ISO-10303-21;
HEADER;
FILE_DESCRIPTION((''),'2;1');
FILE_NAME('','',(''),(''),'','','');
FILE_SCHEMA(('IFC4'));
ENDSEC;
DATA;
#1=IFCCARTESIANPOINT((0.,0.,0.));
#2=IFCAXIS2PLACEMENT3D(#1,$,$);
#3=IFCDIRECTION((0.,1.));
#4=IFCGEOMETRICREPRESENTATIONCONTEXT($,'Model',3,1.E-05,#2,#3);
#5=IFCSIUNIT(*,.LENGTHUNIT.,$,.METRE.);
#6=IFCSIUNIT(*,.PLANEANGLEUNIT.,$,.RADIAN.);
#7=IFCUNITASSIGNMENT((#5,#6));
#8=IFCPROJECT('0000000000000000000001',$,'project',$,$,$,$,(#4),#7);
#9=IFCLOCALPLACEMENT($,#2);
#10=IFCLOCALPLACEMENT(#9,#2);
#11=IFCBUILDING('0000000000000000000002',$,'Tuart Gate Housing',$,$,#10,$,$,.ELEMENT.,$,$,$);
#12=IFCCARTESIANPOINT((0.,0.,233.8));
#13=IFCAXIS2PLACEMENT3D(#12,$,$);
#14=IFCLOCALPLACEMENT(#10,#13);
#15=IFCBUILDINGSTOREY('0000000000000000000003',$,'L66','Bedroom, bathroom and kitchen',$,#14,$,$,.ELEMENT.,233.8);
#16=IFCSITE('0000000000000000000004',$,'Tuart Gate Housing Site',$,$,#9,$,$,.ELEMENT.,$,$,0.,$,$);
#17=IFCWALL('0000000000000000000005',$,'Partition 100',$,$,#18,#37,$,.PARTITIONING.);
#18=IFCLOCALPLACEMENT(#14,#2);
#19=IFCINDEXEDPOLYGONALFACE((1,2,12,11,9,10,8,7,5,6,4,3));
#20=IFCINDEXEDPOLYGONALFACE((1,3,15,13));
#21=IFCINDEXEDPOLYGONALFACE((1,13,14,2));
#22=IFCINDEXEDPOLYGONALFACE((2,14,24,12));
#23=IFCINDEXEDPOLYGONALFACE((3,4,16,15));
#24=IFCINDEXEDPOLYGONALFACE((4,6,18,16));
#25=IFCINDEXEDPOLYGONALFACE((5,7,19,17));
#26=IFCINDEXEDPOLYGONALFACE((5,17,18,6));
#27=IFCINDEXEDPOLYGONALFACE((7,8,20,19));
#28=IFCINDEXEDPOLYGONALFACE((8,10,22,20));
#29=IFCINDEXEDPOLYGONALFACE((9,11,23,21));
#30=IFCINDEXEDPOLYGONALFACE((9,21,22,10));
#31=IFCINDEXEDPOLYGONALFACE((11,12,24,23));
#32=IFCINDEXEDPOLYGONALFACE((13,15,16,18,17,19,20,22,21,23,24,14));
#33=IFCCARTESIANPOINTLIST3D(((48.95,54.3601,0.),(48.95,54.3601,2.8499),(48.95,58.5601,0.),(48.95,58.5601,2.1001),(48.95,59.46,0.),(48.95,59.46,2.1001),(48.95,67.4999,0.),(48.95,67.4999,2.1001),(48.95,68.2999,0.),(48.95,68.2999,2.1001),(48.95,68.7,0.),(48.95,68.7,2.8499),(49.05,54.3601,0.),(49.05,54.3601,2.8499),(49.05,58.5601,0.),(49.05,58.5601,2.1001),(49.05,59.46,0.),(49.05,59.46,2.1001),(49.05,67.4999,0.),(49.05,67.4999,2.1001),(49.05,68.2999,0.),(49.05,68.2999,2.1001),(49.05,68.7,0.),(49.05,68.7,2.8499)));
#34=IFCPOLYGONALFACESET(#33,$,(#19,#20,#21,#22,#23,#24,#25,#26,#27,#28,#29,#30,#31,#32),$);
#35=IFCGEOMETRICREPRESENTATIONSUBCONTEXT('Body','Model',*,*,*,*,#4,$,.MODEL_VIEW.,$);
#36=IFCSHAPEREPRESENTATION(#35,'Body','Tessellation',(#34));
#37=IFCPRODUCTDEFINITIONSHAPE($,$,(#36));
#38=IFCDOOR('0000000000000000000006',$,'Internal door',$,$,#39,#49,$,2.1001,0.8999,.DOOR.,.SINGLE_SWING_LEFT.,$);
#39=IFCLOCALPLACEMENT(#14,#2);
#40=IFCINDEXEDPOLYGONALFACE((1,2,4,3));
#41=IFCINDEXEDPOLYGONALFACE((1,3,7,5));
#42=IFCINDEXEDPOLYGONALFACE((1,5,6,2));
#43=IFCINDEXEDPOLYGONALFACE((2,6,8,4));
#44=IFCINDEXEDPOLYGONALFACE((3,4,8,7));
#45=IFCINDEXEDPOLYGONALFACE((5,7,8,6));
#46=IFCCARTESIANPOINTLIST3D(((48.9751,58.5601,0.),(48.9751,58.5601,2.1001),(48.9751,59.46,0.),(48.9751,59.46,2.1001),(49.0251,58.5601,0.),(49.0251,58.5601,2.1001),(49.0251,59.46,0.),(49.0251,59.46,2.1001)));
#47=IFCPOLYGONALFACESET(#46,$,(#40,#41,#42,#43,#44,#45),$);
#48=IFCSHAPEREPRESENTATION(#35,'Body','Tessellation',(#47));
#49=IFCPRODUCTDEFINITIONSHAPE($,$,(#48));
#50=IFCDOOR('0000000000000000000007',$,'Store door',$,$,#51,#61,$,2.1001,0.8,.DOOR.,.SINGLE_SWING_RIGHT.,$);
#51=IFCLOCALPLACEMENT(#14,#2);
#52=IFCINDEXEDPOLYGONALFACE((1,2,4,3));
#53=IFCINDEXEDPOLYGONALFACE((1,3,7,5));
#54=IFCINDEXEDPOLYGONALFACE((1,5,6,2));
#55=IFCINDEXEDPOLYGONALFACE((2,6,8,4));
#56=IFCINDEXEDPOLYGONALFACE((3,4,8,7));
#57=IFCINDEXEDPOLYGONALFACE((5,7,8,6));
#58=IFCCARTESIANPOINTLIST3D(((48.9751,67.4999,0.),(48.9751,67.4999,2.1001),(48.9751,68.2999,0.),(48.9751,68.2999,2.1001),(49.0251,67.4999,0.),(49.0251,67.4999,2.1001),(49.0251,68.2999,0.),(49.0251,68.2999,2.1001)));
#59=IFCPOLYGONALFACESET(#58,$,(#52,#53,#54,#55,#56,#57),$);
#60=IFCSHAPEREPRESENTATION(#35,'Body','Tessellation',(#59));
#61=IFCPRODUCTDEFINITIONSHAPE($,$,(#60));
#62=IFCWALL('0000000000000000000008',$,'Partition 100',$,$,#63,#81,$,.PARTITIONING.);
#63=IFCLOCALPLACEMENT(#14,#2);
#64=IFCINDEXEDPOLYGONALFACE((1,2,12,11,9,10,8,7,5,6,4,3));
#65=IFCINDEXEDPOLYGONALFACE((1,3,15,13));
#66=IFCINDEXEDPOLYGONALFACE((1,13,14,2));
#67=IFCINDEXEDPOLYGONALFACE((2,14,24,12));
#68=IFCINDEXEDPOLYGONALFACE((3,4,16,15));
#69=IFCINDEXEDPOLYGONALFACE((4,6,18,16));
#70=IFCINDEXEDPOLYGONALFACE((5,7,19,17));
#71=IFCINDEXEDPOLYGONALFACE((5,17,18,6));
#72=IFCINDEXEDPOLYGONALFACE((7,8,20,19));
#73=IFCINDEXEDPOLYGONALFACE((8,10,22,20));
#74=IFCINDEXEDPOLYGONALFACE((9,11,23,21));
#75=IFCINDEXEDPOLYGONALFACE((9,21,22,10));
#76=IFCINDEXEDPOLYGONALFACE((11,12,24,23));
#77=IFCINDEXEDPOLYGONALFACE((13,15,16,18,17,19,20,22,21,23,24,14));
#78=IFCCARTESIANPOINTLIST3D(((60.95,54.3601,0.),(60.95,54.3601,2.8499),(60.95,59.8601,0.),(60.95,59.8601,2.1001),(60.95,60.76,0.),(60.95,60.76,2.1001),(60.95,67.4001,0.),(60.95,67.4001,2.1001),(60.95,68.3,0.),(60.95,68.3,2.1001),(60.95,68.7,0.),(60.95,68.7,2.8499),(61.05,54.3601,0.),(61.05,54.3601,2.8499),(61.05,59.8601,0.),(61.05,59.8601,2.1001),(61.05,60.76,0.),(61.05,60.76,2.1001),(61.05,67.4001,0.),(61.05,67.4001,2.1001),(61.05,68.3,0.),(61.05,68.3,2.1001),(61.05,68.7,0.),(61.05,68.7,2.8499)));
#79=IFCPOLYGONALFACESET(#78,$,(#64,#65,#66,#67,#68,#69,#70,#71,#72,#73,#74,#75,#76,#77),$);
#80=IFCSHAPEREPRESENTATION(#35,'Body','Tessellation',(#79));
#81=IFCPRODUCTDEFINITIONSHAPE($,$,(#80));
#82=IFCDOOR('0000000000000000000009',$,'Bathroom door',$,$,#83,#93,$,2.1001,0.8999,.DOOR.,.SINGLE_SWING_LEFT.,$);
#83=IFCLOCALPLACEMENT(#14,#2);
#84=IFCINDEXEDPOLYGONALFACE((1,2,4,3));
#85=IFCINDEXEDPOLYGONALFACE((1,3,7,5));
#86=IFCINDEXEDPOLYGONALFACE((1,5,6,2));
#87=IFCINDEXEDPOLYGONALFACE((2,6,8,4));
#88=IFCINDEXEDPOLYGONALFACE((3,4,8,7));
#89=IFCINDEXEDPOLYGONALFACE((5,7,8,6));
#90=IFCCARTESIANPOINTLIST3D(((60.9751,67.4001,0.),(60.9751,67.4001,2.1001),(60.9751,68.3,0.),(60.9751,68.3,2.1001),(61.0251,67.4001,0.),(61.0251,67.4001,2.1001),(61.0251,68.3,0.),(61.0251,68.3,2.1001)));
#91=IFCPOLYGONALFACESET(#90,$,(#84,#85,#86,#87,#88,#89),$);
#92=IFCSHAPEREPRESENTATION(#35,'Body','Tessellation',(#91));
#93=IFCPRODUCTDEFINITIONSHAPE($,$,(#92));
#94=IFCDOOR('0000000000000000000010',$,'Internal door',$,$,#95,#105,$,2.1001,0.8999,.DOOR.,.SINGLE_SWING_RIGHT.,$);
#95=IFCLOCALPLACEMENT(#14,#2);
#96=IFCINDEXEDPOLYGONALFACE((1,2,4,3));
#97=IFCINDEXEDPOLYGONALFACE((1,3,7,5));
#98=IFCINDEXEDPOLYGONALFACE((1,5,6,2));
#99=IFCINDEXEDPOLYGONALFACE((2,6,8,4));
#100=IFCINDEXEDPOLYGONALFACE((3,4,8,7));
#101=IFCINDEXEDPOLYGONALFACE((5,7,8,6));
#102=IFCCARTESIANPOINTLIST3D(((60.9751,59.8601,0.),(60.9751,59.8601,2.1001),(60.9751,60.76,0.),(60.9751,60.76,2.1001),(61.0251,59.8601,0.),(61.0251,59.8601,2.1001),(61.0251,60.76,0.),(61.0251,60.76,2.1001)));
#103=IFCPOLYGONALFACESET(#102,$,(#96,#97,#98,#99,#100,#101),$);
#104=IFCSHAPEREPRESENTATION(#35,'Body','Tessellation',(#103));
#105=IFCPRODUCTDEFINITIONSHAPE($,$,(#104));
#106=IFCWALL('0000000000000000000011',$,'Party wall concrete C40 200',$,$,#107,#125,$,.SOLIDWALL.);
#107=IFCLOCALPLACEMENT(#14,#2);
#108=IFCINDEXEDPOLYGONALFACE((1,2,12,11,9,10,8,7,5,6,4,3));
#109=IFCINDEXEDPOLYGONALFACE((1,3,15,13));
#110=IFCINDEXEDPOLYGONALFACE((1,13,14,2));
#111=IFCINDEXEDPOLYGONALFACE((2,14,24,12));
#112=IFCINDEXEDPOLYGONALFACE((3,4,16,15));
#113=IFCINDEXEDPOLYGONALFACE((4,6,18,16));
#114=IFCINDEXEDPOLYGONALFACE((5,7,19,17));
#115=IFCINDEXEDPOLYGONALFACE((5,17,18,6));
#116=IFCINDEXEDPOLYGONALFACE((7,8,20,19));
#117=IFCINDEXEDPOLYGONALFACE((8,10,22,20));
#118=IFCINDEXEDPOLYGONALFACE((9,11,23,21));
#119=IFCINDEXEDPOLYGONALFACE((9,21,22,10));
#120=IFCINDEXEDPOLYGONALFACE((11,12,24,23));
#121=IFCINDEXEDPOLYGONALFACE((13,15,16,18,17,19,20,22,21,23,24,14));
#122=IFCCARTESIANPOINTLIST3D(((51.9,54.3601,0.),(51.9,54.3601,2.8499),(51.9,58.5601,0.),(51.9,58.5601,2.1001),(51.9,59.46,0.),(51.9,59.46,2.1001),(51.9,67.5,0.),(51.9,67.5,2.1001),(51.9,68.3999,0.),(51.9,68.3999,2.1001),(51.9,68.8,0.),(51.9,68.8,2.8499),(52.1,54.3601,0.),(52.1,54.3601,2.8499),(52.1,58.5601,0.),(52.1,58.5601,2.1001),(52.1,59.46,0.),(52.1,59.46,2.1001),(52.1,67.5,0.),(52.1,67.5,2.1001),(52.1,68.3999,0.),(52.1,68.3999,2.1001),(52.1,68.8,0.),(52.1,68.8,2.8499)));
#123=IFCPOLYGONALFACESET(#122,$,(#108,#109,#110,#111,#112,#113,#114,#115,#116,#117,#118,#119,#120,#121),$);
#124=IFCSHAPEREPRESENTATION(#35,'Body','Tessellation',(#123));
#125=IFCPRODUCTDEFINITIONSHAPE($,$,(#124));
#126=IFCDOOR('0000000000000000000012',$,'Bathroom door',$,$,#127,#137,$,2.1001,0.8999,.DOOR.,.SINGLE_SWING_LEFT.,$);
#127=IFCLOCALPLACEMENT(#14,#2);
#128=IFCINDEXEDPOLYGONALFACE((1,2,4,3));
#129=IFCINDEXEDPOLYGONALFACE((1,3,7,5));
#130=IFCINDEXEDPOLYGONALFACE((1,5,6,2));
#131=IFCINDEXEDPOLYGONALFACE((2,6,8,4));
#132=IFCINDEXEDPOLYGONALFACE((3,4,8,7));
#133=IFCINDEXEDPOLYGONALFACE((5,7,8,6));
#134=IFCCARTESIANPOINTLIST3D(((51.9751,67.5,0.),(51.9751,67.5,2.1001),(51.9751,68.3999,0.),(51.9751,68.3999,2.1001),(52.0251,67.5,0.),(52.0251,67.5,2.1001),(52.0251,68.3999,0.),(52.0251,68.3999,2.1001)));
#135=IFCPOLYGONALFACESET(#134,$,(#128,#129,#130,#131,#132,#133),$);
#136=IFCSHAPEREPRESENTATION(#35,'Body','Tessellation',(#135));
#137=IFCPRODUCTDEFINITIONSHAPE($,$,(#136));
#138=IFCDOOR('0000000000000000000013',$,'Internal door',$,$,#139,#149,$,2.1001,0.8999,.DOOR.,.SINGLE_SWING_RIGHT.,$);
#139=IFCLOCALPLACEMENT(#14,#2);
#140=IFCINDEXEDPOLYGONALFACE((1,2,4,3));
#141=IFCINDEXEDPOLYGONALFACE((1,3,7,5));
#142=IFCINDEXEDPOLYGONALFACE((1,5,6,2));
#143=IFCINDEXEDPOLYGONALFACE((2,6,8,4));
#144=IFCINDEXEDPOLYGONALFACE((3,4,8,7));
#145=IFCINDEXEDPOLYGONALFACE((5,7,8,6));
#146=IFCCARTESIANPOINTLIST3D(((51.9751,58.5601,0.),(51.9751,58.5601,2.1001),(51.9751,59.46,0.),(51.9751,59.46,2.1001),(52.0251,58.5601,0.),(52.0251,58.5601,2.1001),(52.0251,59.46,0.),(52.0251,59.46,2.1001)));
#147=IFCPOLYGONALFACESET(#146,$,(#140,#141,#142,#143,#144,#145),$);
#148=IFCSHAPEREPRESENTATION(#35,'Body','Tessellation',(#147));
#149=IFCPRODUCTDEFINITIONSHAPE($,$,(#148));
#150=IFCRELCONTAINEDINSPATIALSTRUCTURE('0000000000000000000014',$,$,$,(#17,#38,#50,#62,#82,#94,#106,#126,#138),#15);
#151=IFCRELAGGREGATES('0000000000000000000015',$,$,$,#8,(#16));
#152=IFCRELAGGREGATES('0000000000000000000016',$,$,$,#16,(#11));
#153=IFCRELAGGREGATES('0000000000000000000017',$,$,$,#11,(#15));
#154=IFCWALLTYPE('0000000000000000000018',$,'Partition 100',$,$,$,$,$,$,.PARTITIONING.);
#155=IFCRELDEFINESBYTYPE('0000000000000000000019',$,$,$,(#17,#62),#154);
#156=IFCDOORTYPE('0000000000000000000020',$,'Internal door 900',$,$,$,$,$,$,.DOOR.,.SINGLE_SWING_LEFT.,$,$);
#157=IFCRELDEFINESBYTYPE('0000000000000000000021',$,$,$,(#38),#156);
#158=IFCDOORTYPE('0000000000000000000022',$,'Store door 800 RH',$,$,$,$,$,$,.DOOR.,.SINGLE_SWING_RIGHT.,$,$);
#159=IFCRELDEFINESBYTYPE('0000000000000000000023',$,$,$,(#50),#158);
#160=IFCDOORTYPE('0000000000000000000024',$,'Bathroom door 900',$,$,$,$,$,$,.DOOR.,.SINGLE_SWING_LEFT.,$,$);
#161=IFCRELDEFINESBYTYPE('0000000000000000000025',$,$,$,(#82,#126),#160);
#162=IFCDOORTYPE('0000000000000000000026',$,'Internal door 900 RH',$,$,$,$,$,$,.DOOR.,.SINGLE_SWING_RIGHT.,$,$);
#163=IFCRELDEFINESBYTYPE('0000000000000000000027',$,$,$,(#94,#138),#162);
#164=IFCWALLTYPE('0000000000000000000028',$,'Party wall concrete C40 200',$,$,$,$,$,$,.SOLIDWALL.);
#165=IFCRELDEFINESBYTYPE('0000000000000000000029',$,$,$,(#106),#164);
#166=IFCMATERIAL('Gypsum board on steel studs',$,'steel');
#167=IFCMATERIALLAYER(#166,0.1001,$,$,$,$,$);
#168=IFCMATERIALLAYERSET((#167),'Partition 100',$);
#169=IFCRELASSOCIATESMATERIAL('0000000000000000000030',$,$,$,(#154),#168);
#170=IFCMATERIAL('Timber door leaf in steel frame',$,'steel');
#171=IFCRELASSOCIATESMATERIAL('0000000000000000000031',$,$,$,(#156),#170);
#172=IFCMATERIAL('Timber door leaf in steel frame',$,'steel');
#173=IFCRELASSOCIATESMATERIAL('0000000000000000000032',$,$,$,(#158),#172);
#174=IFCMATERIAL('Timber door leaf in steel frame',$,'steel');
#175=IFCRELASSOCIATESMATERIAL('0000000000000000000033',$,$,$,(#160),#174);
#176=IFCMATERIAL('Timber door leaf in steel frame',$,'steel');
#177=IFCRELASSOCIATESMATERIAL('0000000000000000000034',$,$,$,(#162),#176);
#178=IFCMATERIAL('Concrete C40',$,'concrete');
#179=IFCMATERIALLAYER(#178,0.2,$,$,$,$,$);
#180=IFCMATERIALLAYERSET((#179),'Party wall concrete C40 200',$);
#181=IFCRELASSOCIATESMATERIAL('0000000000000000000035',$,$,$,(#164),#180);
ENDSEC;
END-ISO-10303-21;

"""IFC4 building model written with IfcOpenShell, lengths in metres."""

from ifc_helpers import new_model, si_unit, direction, frame, frame_2d, origin, place, context, subcontext, project, spatial, rectangle, extrude, material, layer, layer_set, type_object, element, fill, save


model = new_model("IFC4")

# Units and contexts
model_context = context("Model", 3, precision=1e-05, world=origin(), true_north=direction((0.0, 1.0)))
body_context = subcontext(model_context, "Body", "Model", "MODEL_VIEW")
ifc_project = project(units=[si_unit("LENGTHUNIT", "METRE"), si_unit("PLANEANGLEUNIT", "RADIAN")], contexts=[model_context])

# Site, building, storey
site_placement = place(None, origin())
site = spatial("IfcSite", under=ifc_project, at=site_placement, Name="Tuart Gate Housing Site", CompositionType="ELEMENT", RefElevation=0.0)
building_placement = place(site_placement, origin())
building = spatial("IfcBuilding", under=site, at=building_placement, Name="Tuart Gate Housing", CompositionType="ELEMENT")
storey_placement = place(building_placement, frame((0.0, 0.0, 233.8)))
storey = spatial("IfcBuildingStorey", under=building, at=storey_placement, Name="L66", Description="Bedroom, bathroom and kitchen", CompositionType="ELEMENT", Elevation=233.8)

# Walls, openings, doors
ifc_material_1 = material(Name="Gypsum board on steel studs", Category="steel")
ifc_layer_1 = layer(ifc_material_1, 0.1001)
ifc_layer_set_1 = layer_set([ifc_layer_1], Name="Partition 100")
wall_type_1 = type_object("IfcWallType", Name="Partition 100", PredefinedType="PARTITIONING", material=ifc_layer_set_1)
wall_1_placement = place(storey_placement, frame((49.0, 54.3601, 0.0), z_axis=(0.0, 0.0, 1.0), x_axis=(0.0, 1.0, 0.0)))
wall_1 = element("IfcWall", 1, at=wall_1_placement, inside=storey, type_object=wall_type_1, Name="Partition 100", PredefinedType="PARTITIONING", context=body_context, shape_type="SweptSolid", body=[
    extrude(rectangle(XDim=14.3398, YDim=0.1001, at=frame_2d((7.1699, 0.0))), origin(), (0.0, 0.0, 1.0), 2.8499),
])
opening_1_placement = place(wall_1_placement, frame((4.2, 0.0, 0.0)))
opening_1 = element("IfcOpeningElement", 2, at=opening_1_placement, cuts=wall_1, PredefinedType="OPENING", context=body_context, shape_type="SweptSolid", body=[
    extrude(rectangle(XDim=0.8999, YDim=2.1001, at=frame_2d((0.45, 1.05))), frame((0.0, 0.0601, 0.0), z_axis=(0.0, -1.0, 0.0), x_axis=(1.0, 0.0, 0.0)), (0.0, 0.0, 1.0), 0.1201),
])
opening_2_placement = place(wall_1_placement, frame((13.1399, 0.0, 0.0)))
opening_2 = element("IfcOpeningElement", 3, at=opening_2_placement, cuts=wall_1, PredefinedType="OPENING", context=body_context, shape_type="SweptSolid", body=[
    extrude(rectangle(XDim=0.8, YDim=2.1001, at=frame_2d((0.3999, 1.05))), frame((0.0, 0.0601, 0.0), z_axis=(0.0, -1.0, 0.0), x_axis=(1.0, 0.0, 0.0)), (0.0, 0.0, 1.0), 0.1201),
])
ifc_material_2 = material(Name="Timber door leaf in steel frame", Category="steel")
door_type_1 = type_object("IfcDoorType", Name="Internal door 900", OperationType="SINGLE_SWING_LEFT", PredefinedType="DOOR", material=ifc_material_2)
door_1_placement = place(opening_1_placement, origin())
door_1 = element("IfcDoor", 4, at=door_1_placement, inside=storey, type_object=door_type_1, Name="Internal door", OperationType="SINGLE_SWING_LEFT", OverallHeight=2.1001, OverallWidth=0.8999, PredefinedType="DOOR", context=body_context, shape_type="SweptSolid", body=[
    extrude(rectangle(XDim=0.8999, YDim=2.1001, at=frame_2d((0.45, 1.05))), frame((0.0, 0.0249, 0.0), z_axis=(0.0, -1.0, 0.0), x_axis=(1.0, 0.0, 0.0)), (0.0, 0.0, 1.0), 0.05),
])
fill(opening_1, door_1)
ifc_material_3 = material(Name="Timber door leaf in steel frame", Category="steel")
door_type_2 = type_object("IfcDoorType", Name="Store door 800 RH", OperationType="SINGLE_SWING_RIGHT", PredefinedType="DOOR", material=ifc_material_3)
door_2_placement = place(opening_2_placement, origin())
door_2 = element("IfcDoor", 5, at=door_2_placement, inside=storey, type_object=door_type_2, Name="Store door", OperationType="SINGLE_SWING_RIGHT", OverallHeight=2.1001, OverallWidth=0.8, PredefinedType="DOOR", context=body_context, shape_type="SweptSolid", body=[
    extrude(rectangle(XDim=0.8, YDim=2.1001, at=frame_2d((0.3999, 1.05))), frame((0.0, 0.0249, 0.0), z_axis=(0.0, -1.0, 0.0), x_axis=(1.0, 0.0, 0.0)), (0.0, 0.0, 1.0), 0.05),
])
fill(opening_2, door_2)
wall_2_placement = place(storey_placement, frame((61.0, 54.3601, 0.0), z_axis=(0.0, 0.0, 1.0), x_axis=(0.0, 1.0, 0.0)))
wall_2 = element("IfcWall", 6, at=wall_2_placement, inside=storey, type_object=wall_type_1, Name="Partition 100", PredefinedType="PARTITIONING", context=body_context, shape_type="SweptSolid", body=[
    extrude(rectangle(XDim=14.3398, YDim=0.1001, at=frame_2d((7.1699, 0.0))), origin(), (0.0, 0.0, 1.0), 2.8499),
])
opening_3_placement = place(wall_2_placement, frame((5.5, 0.0, 0.0)))
opening_3 = element("IfcOpeningElement", 7, at=opening_3_placement, cuts=wall_2, PredefinedType="OPENING", context=body_context, shape_type="SweptSolid", body=[
    extrude(rectangle(XDim=0.8999, YDim=2.1001, at=frame_2d((0.45, 1.05))), frame((0.0, 0.0601, 0.0), z_axis=(0.0, -1.0, 0.0), x_axis=(1.0, 0.0, 0.0)), (0.0, 0.0, 1.0), 0.1201),
])
opening_4_placement = place(wall_2_placement, frame((13.04, 0.0, 0.0)))
opening_4 = element("IfcOpeningElement", 8, at=opening_4_placement, cuts=wall_2, PredefinedType="OPENING", context=body_context, shape_type="SweptSolid", body=[
    extrude(rectangle(XDim=0.8999, YDim=2.1001, at=frame_2d((0.45, 1.05))), frame((0.0, 0.0601, 0.0), z_axis=(0.0, -1.0, 0.0), x_axis=(1.0, 0.0, 0.0)), (0.0, 0.0, 1.0), 0.1201),
])
ifc_material_4 = material(Name="Timber door leaf in steel frame", Category="steel")
door_type_3 = type_object("IfcDoorType", Name="Bathroom door 900", OperationType="SINGLE_SWING_LEFT", PredefinedType="DOOR", material=ifc_material_4)
door_3_placement = place(opening_4_placement, frame((0.8999, 0.0, 0.0), z_axis=(0.0, 0.0, 1.0), x_axis=(-1.0, 0.0, 0.0)))
door_3 = element("IfcDoor", 9, at=door_3_placement, inside=storey, type_object=door_type_3, Name="Bathroom door", OperationType="SINGLE_SWING_LEFT", OverallHeight=2.1001, OverallWidth=0.8999, PredefinedType="DOOR", context=body_context, shape_type="SweptSolid", body=[
    extrude(rectangle(XDim=0.8999, YDim=2.1001, at=frame_2d((0.45, 1.05))), frame((0.0, 0.0251, 0.0), z_axis=(0.0, -1.0, 0.0), x_axis=(1.0, 0.0, 0.0)), (0.0, 0.0, 1.0), 0.05),
])
fill(opening_4, door_3)
ifc_material_5 = material(Name="Timber door leaf in steel frame", Category="steel")
door_type_4 = type_object("IfcDoorType", Name="Internal door 900 RH", OperationType="SINGLE_SWING_RIGHT", PredefinedType="DOOR", material=ifc_material_5)
door_4_placement = place(opening_3_placement, frame((0.8999, 0.0, 0.0), z_axis=(0.0, 0.0, 1.0), x_axis=(-1.0, 0.0, 0.0)))
door_4 = element("IfcDoor", 10, at=door_4_placement, inside=storey, type_object=door_type_4, Name="Internal door", OperationType="SINGLE_SWING_RIGHT", OverallHeight=2.1001, OverallWidth=0.8999, PredefinedType="DOOR", context=body_context, shape_type="SweptSolid", body=[
    extrude(rectangle(XDim=0.8999, YDim=2.1001, at=frame_2d((0.45, 1.05))), frame((0.0, 0.0251, 0.0), z_axis=(0.0, -1.0, 0.0), x_axis=(1.0, 0.0, 0.0)), (0.0, 0.0, 1.0), 0.05),
])
fill(opening_3, door_4)
ifc_material_6 = material(Name="Concrete C40", Category="concrete")
ifc_layer_2 = layer(ifc_material_6, 0.2)
ifc_layer_set_2 = layer_set([ifc_layer_2], Name="Party wall concrete C40 200")
wall_type_2 = type_object("IfcWallType", Name="Party wall concrete C40 200", PredefinedType="SOLIDWALL", material=ifc_layer_set_2)
wall_3_placement = place(storey_placement, frame((52.0, 54.3601, 0.0), z_axis=(0.0, 0.0, 1.0), x_axis=(0.0, 1.0, 0.0)))
wall_3 = element("IfcWall", 11, at=wall_3_placement, inside=storey, type_object=wall_type_2, Name="Party wall concrete C40 200", PredefinedType="SOLIDWALL", context=body_context, shape_type="SweptSolid", body=[
    extrude(rectangle(XDim=14.4399, YDim=0.2, at=frame_2d((7.22, 0.0))), origin(), (0.0, 0.0, 1.0), 2.8499),
])
opening_5_placement = place(wall_3_placement, frame((4.2, 0.0, 0.0)))
opening_5 = element("IfcOpeningElement", 12, at=opening_5_placement, cuts=wall_3, PredefinedType="OPENING", context=body_context, shape_type="SweptSolid", body=[
    extrude(rectangle(XDim=0.8999, YDim=2.1001, at=frame_2d((0.45, 1.05))), frame((0.0, 0.1099, 0.0), z_axis=(0.0, -1.0, 0.0), x_axis=(1.0, 0.0, 0.0)), (0.0, 0.0, 1.0), 0.22),
])
opening_6_placement = place(wall_3_placement, frame((13.1399, 0.0, 0.0)))
opening_6 = element("IfcOpeningElement", 13, at=opening_6_placement, cuts=wall_3, PredefinedType="OPENING", context=body_context, shape_type="SweptSolid", body=[
    extrude(rectangle(XDim=0.8999, YDim=2.1001, at=frame_2d((0.45, 1.05))), frame((0.0, 0.1099, 0.0), z_axis=(0.0, -1.0, 0.0), x_axis=(1.0, 0.0, 0.0)), (0.0, 0.0, 1.0), 0.22),
])
door_5_placement = place(opening_6_placement, frame((0.8999, 0.0, 0.0), z_axis=(0.0, 0.0, 1.0), x_axis=(-1.0, 0.0, 0.0)))
door_5 = element("IfcDoor", 14, at=door_5_placement, inside=storey, type_object=door_type_3, Name="Bathroom door", OperationType="SINGLE_SWING_LEFT", OverallHeight=2.1001, OverallWidth=0.8999, PredefinedType="DOOR", context=body_context, shape_type="SweptSolid", body=[
    extrude(rectangle(XDim=0.8999, YDim=2.1001, at=frame_2d((0.45, 1.05))), frame((0.0, 0.0251, 0.0), z_axis=(0.0, -1.0, 0.0), x_axis=(1.0, 0.0, 0.0)), (0.0, 0.0, 1.0), 0.05),
])
fill(opening_6, door_5)
door_6_placement = place(opening_5_placement, frame((0.8999, 0.0, 0.0), z_axis=(0.0, 0.0, 1.0), x_axis=(-1.0, 0.0, 0.0)))
door_6 = element("IfcDoor", 15, at=door_6_placement, inside=storey, type_object=door_type_4, Name="Internal door", OperationType="SINGLE_SWING_RIGHT", OverallHeight=2.1001, OverallWidth=0.8999, PredefinedType="DOOR", context=body_context, shape_type="SweptSolid", body=[
    extrude(rectangle(XDim=0.8999, YDim=2.1001, at=frame_2d((0.45, 1.05))), frame((0.0, 0.0251, 0.0), z_axis=(0.0, -1.0, 0.0), x_axis=(1.0, 0.0, 0.0)), (0.0, 0.0, 1.0), 0.05),
])
fill(opening_5, door_6)

save(model, "model.ifc")
